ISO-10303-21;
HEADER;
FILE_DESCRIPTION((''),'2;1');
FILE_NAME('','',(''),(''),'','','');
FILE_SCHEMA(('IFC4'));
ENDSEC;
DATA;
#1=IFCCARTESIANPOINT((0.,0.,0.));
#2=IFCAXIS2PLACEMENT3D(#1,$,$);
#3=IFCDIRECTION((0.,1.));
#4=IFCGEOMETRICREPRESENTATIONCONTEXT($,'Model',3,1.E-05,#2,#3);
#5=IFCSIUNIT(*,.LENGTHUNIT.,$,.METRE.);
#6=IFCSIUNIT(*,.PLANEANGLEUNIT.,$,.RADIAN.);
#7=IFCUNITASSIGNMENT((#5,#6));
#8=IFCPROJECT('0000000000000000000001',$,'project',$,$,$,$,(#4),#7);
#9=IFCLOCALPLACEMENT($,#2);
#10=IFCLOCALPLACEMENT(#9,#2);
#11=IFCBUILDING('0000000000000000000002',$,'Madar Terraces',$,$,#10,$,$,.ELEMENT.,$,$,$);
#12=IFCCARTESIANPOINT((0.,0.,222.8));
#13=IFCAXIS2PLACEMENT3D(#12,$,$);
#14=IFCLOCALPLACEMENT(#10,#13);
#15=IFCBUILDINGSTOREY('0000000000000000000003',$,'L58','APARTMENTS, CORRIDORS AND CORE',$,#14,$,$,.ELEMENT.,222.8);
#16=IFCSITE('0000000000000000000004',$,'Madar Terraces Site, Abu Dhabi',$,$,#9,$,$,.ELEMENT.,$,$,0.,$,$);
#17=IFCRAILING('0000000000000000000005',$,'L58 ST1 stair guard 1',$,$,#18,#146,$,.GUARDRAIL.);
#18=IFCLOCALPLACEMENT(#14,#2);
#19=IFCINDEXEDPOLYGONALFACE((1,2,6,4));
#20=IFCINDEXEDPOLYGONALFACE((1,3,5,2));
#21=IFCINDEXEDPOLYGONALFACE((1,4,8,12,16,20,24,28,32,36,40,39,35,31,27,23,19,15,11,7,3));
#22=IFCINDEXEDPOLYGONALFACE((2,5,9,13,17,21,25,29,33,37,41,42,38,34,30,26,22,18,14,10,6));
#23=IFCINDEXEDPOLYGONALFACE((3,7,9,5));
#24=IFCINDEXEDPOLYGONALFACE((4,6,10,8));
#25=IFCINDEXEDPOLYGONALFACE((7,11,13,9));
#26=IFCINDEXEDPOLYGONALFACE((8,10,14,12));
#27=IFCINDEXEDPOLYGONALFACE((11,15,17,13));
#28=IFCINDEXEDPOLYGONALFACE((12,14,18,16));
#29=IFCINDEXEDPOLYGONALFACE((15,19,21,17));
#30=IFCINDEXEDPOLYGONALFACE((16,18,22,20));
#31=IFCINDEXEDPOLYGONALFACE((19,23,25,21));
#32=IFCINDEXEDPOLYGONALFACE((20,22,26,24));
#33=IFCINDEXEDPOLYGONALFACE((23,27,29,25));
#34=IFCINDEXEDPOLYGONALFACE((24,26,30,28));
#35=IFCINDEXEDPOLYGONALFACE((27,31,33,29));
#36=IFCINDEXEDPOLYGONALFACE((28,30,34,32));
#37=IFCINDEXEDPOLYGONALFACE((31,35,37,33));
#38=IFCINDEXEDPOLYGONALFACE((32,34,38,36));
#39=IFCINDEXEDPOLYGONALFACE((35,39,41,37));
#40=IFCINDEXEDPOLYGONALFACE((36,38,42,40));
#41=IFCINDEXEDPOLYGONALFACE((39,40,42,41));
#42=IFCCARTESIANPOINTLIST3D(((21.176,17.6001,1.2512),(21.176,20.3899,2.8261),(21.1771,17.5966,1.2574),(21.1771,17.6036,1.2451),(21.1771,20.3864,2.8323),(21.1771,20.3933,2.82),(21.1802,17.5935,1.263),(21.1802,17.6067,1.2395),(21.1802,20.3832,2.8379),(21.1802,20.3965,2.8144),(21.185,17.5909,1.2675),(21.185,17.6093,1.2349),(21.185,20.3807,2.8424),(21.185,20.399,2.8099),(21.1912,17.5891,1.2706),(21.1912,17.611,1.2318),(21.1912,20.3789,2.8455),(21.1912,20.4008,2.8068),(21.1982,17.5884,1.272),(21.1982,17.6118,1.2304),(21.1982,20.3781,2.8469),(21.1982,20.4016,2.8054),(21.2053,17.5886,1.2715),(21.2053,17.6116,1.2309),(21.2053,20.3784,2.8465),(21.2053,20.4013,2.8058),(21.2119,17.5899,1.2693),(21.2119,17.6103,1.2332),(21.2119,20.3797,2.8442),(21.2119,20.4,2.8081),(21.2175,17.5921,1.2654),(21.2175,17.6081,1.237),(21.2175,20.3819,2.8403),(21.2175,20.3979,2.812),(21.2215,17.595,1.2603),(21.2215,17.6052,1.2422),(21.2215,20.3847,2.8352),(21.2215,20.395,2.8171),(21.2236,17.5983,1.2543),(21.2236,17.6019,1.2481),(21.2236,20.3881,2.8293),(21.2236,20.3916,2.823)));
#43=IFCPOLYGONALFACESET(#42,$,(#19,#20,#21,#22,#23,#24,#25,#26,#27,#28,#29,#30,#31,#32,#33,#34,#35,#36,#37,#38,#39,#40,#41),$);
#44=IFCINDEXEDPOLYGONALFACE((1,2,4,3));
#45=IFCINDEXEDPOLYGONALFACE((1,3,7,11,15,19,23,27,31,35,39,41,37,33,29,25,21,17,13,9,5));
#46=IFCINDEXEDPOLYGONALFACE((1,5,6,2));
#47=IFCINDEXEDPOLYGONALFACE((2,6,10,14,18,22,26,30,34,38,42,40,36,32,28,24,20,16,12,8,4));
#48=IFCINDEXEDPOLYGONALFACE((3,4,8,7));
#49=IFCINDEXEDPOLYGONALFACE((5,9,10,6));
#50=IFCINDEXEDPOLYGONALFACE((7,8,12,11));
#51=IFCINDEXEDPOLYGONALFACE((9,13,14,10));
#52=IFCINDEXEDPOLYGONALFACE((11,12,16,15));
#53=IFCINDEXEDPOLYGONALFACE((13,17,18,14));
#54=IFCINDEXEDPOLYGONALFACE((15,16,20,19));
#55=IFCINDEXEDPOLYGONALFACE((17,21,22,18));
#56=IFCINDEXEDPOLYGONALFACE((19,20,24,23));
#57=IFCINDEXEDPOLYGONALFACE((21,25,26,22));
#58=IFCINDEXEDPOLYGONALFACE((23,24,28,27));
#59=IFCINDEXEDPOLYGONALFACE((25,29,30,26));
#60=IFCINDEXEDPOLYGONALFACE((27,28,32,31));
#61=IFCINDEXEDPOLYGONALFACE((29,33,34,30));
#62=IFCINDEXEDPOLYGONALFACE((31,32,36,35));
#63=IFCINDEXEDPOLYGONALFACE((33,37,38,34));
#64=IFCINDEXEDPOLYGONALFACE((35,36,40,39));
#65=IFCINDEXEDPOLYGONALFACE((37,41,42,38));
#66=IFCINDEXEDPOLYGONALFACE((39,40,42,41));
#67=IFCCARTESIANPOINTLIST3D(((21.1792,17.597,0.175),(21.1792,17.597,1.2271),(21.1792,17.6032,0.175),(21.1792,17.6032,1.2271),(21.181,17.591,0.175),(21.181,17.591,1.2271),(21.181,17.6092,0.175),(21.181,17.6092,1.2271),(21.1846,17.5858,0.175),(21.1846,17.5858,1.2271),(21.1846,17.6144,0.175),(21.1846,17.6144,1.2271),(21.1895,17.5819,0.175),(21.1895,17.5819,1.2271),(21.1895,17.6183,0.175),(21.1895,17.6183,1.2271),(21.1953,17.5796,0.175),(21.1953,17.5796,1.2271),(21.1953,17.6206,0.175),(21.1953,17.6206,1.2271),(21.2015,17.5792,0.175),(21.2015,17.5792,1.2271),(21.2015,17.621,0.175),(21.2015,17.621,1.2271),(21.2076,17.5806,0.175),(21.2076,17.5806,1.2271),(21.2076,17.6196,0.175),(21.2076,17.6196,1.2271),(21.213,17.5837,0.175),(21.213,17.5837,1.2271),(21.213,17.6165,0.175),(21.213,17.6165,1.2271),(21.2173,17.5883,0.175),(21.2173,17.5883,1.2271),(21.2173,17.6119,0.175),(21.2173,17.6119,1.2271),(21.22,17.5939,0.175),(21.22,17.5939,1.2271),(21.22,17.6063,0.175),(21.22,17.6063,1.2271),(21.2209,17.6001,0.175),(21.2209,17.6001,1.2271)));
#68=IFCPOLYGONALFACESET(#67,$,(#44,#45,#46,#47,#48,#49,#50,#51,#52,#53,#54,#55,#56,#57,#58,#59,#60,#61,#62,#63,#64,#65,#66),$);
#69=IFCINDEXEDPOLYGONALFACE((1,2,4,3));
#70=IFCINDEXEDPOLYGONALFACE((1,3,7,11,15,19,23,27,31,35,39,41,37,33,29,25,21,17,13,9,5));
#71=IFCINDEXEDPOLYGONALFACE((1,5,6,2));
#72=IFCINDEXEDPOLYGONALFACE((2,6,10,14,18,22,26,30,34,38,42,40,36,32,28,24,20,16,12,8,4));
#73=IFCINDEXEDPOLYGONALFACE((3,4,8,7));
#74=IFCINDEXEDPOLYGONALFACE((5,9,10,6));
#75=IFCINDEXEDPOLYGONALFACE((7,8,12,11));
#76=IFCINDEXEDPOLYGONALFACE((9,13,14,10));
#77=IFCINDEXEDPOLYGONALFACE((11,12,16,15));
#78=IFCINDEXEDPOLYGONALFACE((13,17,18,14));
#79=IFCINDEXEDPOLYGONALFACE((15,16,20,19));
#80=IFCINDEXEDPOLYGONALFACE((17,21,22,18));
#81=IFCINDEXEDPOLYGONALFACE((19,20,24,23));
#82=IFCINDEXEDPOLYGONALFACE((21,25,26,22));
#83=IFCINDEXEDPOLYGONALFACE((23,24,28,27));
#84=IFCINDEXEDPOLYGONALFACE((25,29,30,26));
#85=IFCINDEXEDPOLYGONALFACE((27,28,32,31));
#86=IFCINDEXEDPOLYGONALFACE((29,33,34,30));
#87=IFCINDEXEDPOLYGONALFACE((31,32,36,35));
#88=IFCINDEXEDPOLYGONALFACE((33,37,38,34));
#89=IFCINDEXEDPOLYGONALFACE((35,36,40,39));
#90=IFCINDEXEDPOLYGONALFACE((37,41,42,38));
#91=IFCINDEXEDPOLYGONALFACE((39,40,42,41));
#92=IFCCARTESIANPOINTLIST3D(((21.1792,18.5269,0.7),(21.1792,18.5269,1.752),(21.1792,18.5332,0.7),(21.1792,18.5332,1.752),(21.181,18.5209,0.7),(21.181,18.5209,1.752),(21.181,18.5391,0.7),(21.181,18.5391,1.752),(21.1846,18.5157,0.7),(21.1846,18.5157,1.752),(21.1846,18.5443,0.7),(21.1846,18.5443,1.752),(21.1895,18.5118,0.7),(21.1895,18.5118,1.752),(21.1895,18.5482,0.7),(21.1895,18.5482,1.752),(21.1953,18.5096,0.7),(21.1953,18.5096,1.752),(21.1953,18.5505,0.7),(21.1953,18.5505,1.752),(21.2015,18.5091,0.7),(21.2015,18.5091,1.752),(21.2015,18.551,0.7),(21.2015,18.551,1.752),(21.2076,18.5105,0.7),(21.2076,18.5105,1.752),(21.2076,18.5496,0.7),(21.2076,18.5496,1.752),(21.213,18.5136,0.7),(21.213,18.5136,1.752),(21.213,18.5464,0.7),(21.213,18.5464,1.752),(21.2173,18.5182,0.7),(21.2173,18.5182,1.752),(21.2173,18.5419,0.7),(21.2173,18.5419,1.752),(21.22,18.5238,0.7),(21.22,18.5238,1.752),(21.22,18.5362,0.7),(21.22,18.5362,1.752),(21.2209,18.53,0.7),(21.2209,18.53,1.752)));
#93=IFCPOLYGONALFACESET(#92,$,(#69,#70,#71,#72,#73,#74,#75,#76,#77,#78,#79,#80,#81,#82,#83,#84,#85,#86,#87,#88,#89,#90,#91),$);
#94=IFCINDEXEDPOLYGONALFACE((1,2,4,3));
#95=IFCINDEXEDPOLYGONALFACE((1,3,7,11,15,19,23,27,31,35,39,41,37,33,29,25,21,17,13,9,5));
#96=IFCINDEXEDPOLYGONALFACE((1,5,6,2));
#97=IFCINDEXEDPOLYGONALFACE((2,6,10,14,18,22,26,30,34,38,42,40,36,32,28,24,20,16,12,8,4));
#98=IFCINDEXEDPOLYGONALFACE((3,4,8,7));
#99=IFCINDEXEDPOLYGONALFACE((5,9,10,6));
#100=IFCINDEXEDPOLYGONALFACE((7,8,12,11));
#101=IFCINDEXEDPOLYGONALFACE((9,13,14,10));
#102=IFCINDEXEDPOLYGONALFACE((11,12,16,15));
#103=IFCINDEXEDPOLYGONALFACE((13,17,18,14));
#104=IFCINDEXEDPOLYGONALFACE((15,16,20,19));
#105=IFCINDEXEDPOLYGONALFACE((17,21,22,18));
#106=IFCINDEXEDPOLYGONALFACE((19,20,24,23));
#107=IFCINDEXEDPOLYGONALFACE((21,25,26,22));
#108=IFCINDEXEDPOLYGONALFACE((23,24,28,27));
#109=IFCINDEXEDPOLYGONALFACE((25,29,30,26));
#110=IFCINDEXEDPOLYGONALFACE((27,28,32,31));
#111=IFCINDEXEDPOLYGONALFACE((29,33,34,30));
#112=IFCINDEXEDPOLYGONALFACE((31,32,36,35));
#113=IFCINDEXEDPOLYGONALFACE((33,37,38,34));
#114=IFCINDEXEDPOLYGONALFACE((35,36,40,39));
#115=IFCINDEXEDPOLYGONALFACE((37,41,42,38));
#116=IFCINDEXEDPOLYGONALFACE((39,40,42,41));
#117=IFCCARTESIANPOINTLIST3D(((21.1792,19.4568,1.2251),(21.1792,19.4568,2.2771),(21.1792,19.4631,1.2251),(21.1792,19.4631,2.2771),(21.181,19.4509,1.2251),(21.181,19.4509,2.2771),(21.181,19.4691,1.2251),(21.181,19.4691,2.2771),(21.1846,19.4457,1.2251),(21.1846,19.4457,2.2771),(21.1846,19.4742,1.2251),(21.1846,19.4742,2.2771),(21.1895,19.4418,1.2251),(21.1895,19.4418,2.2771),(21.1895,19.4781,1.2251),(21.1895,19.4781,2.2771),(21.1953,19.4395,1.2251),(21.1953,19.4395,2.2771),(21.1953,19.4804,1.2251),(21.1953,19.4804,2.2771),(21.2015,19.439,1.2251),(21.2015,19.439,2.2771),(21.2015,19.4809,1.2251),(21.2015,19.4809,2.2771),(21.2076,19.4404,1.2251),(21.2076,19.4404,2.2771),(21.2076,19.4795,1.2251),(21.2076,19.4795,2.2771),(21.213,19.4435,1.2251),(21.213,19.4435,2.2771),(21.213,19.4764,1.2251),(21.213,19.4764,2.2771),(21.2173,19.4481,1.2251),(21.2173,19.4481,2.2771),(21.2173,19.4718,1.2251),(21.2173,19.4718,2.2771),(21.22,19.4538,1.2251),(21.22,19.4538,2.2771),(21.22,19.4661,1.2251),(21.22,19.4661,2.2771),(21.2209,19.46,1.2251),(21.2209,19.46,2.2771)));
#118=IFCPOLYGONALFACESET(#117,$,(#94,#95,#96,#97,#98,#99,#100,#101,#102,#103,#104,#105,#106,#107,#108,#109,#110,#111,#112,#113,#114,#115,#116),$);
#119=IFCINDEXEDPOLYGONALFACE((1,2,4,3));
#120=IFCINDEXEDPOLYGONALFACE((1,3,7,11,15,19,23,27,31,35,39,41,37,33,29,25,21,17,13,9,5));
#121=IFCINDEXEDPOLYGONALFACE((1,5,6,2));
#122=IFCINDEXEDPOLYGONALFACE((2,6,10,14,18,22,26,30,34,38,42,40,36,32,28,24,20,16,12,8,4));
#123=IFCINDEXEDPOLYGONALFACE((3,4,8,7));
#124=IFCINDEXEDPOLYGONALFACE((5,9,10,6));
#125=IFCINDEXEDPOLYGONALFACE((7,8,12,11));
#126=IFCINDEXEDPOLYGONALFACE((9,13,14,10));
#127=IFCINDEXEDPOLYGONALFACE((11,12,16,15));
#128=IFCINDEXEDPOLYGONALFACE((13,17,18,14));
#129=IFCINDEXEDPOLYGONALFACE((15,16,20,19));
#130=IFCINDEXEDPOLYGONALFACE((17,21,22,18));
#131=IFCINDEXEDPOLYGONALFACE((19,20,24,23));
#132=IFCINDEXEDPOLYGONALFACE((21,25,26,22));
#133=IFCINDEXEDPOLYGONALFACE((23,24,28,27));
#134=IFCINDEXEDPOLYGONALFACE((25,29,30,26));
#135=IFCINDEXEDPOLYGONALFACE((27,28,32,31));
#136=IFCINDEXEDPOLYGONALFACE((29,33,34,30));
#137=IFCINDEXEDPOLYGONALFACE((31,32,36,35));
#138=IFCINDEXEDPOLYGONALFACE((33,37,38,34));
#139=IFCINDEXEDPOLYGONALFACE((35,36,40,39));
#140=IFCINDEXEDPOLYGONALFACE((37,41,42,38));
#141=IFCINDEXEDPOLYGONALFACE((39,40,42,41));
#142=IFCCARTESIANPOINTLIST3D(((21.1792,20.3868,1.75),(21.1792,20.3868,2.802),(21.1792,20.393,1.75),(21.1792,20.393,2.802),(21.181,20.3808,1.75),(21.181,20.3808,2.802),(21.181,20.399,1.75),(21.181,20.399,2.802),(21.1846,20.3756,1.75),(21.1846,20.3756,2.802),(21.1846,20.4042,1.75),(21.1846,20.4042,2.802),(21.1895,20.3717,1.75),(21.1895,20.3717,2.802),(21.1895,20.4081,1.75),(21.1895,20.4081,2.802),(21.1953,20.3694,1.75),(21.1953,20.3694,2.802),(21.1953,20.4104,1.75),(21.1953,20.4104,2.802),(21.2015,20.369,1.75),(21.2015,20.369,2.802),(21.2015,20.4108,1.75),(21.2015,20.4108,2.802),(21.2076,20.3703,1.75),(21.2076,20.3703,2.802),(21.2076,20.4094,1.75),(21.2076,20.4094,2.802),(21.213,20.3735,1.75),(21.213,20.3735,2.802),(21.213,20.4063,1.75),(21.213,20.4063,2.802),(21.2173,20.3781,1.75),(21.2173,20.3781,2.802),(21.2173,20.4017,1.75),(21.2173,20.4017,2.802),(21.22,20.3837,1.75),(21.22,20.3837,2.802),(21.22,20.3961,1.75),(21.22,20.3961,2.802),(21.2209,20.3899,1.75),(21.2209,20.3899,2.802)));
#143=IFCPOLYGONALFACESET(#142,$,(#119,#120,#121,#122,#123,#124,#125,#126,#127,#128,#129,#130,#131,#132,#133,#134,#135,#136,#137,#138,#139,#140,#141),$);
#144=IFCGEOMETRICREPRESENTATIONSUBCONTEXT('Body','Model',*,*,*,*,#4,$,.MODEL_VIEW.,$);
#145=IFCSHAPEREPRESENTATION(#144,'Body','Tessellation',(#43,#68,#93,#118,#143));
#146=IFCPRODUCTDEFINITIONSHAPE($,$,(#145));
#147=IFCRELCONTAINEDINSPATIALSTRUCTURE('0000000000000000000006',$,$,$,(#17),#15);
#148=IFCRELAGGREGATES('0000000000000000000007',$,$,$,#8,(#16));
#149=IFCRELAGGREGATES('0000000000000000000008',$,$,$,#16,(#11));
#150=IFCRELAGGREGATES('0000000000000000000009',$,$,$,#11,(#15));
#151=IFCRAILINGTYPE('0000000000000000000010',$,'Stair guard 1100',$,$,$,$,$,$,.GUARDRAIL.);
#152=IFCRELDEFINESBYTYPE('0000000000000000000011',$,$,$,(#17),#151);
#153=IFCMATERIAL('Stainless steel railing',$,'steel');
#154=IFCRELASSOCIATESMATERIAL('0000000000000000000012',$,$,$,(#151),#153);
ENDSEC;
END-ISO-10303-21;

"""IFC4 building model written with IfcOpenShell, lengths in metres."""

from ifc_helpers import new_model, si_unit, direction, frame, origin, origin_2d, place, context, subcontext, project, spatial, circle, extrude, material, type_object, element, save


model = new_model("IFC4")

# Units and contexts
model_context = context("Model", 3, precision=1e-05, world=origin(), true_north=direction((0.0, 1.0)))
body_context = subcontext(model_context, "Body", "Model", "MODEL_VIEW")
ifc_project = project(units=[si_unit("LENGTHUNIT", "METRE"), si_unit("PLANEANGLEUNIT", "RADIAN")], contexts=[model_context])

# Site, building, storey
site_placement = place(None, origin())
site = spatial("IfcSite", under=ifc_project, at=site_placement, Name="Madar Terraces Site, Abu Dhabi", CompositionType="ELEMENT", RefElevation=0.0)
building_placement = place(site_placement, origin())
building = spatial("IfcBuilding", under=site, at=building_placement, Name="Madar Terraces", CompositionType="ELEMENT")
storey_placement = place(building_placement, frame((0.0, 0.0, 222.8)))
storey = spatial("IfcBuildingStorey", under=building, at=storey_placement, Name="L58", Description="APARTMENTS, CORRIDORS AND CORE", CompositionType="ELEMENT", Elevation=222.8)

# Railing
ifc_material_1 = material(Name="Stainless steel railing", Category="steel")
railing_type_1 = type_object("IfcRailingType", Name="Stair guard 1100", PredefinedType="GUARDRAIL", material=ifc_material_1)
railing_1_placement = place(storey_placement, frame((21.2, 17.6001, 0.175)))
element("IfcRailing", 1, at=railing_1_placement, inside=storey, type_object=railing_type_1, Name="L58 ST1 stair guard 1", PredefinedType="GUARDRAIL", context=body_context, shape_type="SweptSolid", body=[
    extrude(circle(Radius=0.0239, at=origin_2d()), frame((0.0, 0.0, 1.0762), z_axis=(0.0, 0.870815, 0.49161), x_axis=(-1.0, 0.0, 0.0)), (0.0, 0.0, 1.0), 3.2036),
    extrude(circle(Radius=0.021, at=origin_2d()), origin(), (0.0, 0.0, 1.0), 1.052),
    extrude(circle(Radius=0.021, at=origin_2d()), frame((0.0, 0.9299, 0.5249)), (0.0, 0.0, 1.0), 1.052),
    extrude(circle(Radius=0.021, at=origin_2d()), frame((0.0, 1.8599, 1.05)), (0.0, 0.0, 1.0), 1.052),
    extrude(circle(Radius=0.021, at=origin_2d()), frame((0.0, 2.7898, 1.575)), (0.0, 0.0, 1.0), 1.052),
])

save(model, "model.ifc")
